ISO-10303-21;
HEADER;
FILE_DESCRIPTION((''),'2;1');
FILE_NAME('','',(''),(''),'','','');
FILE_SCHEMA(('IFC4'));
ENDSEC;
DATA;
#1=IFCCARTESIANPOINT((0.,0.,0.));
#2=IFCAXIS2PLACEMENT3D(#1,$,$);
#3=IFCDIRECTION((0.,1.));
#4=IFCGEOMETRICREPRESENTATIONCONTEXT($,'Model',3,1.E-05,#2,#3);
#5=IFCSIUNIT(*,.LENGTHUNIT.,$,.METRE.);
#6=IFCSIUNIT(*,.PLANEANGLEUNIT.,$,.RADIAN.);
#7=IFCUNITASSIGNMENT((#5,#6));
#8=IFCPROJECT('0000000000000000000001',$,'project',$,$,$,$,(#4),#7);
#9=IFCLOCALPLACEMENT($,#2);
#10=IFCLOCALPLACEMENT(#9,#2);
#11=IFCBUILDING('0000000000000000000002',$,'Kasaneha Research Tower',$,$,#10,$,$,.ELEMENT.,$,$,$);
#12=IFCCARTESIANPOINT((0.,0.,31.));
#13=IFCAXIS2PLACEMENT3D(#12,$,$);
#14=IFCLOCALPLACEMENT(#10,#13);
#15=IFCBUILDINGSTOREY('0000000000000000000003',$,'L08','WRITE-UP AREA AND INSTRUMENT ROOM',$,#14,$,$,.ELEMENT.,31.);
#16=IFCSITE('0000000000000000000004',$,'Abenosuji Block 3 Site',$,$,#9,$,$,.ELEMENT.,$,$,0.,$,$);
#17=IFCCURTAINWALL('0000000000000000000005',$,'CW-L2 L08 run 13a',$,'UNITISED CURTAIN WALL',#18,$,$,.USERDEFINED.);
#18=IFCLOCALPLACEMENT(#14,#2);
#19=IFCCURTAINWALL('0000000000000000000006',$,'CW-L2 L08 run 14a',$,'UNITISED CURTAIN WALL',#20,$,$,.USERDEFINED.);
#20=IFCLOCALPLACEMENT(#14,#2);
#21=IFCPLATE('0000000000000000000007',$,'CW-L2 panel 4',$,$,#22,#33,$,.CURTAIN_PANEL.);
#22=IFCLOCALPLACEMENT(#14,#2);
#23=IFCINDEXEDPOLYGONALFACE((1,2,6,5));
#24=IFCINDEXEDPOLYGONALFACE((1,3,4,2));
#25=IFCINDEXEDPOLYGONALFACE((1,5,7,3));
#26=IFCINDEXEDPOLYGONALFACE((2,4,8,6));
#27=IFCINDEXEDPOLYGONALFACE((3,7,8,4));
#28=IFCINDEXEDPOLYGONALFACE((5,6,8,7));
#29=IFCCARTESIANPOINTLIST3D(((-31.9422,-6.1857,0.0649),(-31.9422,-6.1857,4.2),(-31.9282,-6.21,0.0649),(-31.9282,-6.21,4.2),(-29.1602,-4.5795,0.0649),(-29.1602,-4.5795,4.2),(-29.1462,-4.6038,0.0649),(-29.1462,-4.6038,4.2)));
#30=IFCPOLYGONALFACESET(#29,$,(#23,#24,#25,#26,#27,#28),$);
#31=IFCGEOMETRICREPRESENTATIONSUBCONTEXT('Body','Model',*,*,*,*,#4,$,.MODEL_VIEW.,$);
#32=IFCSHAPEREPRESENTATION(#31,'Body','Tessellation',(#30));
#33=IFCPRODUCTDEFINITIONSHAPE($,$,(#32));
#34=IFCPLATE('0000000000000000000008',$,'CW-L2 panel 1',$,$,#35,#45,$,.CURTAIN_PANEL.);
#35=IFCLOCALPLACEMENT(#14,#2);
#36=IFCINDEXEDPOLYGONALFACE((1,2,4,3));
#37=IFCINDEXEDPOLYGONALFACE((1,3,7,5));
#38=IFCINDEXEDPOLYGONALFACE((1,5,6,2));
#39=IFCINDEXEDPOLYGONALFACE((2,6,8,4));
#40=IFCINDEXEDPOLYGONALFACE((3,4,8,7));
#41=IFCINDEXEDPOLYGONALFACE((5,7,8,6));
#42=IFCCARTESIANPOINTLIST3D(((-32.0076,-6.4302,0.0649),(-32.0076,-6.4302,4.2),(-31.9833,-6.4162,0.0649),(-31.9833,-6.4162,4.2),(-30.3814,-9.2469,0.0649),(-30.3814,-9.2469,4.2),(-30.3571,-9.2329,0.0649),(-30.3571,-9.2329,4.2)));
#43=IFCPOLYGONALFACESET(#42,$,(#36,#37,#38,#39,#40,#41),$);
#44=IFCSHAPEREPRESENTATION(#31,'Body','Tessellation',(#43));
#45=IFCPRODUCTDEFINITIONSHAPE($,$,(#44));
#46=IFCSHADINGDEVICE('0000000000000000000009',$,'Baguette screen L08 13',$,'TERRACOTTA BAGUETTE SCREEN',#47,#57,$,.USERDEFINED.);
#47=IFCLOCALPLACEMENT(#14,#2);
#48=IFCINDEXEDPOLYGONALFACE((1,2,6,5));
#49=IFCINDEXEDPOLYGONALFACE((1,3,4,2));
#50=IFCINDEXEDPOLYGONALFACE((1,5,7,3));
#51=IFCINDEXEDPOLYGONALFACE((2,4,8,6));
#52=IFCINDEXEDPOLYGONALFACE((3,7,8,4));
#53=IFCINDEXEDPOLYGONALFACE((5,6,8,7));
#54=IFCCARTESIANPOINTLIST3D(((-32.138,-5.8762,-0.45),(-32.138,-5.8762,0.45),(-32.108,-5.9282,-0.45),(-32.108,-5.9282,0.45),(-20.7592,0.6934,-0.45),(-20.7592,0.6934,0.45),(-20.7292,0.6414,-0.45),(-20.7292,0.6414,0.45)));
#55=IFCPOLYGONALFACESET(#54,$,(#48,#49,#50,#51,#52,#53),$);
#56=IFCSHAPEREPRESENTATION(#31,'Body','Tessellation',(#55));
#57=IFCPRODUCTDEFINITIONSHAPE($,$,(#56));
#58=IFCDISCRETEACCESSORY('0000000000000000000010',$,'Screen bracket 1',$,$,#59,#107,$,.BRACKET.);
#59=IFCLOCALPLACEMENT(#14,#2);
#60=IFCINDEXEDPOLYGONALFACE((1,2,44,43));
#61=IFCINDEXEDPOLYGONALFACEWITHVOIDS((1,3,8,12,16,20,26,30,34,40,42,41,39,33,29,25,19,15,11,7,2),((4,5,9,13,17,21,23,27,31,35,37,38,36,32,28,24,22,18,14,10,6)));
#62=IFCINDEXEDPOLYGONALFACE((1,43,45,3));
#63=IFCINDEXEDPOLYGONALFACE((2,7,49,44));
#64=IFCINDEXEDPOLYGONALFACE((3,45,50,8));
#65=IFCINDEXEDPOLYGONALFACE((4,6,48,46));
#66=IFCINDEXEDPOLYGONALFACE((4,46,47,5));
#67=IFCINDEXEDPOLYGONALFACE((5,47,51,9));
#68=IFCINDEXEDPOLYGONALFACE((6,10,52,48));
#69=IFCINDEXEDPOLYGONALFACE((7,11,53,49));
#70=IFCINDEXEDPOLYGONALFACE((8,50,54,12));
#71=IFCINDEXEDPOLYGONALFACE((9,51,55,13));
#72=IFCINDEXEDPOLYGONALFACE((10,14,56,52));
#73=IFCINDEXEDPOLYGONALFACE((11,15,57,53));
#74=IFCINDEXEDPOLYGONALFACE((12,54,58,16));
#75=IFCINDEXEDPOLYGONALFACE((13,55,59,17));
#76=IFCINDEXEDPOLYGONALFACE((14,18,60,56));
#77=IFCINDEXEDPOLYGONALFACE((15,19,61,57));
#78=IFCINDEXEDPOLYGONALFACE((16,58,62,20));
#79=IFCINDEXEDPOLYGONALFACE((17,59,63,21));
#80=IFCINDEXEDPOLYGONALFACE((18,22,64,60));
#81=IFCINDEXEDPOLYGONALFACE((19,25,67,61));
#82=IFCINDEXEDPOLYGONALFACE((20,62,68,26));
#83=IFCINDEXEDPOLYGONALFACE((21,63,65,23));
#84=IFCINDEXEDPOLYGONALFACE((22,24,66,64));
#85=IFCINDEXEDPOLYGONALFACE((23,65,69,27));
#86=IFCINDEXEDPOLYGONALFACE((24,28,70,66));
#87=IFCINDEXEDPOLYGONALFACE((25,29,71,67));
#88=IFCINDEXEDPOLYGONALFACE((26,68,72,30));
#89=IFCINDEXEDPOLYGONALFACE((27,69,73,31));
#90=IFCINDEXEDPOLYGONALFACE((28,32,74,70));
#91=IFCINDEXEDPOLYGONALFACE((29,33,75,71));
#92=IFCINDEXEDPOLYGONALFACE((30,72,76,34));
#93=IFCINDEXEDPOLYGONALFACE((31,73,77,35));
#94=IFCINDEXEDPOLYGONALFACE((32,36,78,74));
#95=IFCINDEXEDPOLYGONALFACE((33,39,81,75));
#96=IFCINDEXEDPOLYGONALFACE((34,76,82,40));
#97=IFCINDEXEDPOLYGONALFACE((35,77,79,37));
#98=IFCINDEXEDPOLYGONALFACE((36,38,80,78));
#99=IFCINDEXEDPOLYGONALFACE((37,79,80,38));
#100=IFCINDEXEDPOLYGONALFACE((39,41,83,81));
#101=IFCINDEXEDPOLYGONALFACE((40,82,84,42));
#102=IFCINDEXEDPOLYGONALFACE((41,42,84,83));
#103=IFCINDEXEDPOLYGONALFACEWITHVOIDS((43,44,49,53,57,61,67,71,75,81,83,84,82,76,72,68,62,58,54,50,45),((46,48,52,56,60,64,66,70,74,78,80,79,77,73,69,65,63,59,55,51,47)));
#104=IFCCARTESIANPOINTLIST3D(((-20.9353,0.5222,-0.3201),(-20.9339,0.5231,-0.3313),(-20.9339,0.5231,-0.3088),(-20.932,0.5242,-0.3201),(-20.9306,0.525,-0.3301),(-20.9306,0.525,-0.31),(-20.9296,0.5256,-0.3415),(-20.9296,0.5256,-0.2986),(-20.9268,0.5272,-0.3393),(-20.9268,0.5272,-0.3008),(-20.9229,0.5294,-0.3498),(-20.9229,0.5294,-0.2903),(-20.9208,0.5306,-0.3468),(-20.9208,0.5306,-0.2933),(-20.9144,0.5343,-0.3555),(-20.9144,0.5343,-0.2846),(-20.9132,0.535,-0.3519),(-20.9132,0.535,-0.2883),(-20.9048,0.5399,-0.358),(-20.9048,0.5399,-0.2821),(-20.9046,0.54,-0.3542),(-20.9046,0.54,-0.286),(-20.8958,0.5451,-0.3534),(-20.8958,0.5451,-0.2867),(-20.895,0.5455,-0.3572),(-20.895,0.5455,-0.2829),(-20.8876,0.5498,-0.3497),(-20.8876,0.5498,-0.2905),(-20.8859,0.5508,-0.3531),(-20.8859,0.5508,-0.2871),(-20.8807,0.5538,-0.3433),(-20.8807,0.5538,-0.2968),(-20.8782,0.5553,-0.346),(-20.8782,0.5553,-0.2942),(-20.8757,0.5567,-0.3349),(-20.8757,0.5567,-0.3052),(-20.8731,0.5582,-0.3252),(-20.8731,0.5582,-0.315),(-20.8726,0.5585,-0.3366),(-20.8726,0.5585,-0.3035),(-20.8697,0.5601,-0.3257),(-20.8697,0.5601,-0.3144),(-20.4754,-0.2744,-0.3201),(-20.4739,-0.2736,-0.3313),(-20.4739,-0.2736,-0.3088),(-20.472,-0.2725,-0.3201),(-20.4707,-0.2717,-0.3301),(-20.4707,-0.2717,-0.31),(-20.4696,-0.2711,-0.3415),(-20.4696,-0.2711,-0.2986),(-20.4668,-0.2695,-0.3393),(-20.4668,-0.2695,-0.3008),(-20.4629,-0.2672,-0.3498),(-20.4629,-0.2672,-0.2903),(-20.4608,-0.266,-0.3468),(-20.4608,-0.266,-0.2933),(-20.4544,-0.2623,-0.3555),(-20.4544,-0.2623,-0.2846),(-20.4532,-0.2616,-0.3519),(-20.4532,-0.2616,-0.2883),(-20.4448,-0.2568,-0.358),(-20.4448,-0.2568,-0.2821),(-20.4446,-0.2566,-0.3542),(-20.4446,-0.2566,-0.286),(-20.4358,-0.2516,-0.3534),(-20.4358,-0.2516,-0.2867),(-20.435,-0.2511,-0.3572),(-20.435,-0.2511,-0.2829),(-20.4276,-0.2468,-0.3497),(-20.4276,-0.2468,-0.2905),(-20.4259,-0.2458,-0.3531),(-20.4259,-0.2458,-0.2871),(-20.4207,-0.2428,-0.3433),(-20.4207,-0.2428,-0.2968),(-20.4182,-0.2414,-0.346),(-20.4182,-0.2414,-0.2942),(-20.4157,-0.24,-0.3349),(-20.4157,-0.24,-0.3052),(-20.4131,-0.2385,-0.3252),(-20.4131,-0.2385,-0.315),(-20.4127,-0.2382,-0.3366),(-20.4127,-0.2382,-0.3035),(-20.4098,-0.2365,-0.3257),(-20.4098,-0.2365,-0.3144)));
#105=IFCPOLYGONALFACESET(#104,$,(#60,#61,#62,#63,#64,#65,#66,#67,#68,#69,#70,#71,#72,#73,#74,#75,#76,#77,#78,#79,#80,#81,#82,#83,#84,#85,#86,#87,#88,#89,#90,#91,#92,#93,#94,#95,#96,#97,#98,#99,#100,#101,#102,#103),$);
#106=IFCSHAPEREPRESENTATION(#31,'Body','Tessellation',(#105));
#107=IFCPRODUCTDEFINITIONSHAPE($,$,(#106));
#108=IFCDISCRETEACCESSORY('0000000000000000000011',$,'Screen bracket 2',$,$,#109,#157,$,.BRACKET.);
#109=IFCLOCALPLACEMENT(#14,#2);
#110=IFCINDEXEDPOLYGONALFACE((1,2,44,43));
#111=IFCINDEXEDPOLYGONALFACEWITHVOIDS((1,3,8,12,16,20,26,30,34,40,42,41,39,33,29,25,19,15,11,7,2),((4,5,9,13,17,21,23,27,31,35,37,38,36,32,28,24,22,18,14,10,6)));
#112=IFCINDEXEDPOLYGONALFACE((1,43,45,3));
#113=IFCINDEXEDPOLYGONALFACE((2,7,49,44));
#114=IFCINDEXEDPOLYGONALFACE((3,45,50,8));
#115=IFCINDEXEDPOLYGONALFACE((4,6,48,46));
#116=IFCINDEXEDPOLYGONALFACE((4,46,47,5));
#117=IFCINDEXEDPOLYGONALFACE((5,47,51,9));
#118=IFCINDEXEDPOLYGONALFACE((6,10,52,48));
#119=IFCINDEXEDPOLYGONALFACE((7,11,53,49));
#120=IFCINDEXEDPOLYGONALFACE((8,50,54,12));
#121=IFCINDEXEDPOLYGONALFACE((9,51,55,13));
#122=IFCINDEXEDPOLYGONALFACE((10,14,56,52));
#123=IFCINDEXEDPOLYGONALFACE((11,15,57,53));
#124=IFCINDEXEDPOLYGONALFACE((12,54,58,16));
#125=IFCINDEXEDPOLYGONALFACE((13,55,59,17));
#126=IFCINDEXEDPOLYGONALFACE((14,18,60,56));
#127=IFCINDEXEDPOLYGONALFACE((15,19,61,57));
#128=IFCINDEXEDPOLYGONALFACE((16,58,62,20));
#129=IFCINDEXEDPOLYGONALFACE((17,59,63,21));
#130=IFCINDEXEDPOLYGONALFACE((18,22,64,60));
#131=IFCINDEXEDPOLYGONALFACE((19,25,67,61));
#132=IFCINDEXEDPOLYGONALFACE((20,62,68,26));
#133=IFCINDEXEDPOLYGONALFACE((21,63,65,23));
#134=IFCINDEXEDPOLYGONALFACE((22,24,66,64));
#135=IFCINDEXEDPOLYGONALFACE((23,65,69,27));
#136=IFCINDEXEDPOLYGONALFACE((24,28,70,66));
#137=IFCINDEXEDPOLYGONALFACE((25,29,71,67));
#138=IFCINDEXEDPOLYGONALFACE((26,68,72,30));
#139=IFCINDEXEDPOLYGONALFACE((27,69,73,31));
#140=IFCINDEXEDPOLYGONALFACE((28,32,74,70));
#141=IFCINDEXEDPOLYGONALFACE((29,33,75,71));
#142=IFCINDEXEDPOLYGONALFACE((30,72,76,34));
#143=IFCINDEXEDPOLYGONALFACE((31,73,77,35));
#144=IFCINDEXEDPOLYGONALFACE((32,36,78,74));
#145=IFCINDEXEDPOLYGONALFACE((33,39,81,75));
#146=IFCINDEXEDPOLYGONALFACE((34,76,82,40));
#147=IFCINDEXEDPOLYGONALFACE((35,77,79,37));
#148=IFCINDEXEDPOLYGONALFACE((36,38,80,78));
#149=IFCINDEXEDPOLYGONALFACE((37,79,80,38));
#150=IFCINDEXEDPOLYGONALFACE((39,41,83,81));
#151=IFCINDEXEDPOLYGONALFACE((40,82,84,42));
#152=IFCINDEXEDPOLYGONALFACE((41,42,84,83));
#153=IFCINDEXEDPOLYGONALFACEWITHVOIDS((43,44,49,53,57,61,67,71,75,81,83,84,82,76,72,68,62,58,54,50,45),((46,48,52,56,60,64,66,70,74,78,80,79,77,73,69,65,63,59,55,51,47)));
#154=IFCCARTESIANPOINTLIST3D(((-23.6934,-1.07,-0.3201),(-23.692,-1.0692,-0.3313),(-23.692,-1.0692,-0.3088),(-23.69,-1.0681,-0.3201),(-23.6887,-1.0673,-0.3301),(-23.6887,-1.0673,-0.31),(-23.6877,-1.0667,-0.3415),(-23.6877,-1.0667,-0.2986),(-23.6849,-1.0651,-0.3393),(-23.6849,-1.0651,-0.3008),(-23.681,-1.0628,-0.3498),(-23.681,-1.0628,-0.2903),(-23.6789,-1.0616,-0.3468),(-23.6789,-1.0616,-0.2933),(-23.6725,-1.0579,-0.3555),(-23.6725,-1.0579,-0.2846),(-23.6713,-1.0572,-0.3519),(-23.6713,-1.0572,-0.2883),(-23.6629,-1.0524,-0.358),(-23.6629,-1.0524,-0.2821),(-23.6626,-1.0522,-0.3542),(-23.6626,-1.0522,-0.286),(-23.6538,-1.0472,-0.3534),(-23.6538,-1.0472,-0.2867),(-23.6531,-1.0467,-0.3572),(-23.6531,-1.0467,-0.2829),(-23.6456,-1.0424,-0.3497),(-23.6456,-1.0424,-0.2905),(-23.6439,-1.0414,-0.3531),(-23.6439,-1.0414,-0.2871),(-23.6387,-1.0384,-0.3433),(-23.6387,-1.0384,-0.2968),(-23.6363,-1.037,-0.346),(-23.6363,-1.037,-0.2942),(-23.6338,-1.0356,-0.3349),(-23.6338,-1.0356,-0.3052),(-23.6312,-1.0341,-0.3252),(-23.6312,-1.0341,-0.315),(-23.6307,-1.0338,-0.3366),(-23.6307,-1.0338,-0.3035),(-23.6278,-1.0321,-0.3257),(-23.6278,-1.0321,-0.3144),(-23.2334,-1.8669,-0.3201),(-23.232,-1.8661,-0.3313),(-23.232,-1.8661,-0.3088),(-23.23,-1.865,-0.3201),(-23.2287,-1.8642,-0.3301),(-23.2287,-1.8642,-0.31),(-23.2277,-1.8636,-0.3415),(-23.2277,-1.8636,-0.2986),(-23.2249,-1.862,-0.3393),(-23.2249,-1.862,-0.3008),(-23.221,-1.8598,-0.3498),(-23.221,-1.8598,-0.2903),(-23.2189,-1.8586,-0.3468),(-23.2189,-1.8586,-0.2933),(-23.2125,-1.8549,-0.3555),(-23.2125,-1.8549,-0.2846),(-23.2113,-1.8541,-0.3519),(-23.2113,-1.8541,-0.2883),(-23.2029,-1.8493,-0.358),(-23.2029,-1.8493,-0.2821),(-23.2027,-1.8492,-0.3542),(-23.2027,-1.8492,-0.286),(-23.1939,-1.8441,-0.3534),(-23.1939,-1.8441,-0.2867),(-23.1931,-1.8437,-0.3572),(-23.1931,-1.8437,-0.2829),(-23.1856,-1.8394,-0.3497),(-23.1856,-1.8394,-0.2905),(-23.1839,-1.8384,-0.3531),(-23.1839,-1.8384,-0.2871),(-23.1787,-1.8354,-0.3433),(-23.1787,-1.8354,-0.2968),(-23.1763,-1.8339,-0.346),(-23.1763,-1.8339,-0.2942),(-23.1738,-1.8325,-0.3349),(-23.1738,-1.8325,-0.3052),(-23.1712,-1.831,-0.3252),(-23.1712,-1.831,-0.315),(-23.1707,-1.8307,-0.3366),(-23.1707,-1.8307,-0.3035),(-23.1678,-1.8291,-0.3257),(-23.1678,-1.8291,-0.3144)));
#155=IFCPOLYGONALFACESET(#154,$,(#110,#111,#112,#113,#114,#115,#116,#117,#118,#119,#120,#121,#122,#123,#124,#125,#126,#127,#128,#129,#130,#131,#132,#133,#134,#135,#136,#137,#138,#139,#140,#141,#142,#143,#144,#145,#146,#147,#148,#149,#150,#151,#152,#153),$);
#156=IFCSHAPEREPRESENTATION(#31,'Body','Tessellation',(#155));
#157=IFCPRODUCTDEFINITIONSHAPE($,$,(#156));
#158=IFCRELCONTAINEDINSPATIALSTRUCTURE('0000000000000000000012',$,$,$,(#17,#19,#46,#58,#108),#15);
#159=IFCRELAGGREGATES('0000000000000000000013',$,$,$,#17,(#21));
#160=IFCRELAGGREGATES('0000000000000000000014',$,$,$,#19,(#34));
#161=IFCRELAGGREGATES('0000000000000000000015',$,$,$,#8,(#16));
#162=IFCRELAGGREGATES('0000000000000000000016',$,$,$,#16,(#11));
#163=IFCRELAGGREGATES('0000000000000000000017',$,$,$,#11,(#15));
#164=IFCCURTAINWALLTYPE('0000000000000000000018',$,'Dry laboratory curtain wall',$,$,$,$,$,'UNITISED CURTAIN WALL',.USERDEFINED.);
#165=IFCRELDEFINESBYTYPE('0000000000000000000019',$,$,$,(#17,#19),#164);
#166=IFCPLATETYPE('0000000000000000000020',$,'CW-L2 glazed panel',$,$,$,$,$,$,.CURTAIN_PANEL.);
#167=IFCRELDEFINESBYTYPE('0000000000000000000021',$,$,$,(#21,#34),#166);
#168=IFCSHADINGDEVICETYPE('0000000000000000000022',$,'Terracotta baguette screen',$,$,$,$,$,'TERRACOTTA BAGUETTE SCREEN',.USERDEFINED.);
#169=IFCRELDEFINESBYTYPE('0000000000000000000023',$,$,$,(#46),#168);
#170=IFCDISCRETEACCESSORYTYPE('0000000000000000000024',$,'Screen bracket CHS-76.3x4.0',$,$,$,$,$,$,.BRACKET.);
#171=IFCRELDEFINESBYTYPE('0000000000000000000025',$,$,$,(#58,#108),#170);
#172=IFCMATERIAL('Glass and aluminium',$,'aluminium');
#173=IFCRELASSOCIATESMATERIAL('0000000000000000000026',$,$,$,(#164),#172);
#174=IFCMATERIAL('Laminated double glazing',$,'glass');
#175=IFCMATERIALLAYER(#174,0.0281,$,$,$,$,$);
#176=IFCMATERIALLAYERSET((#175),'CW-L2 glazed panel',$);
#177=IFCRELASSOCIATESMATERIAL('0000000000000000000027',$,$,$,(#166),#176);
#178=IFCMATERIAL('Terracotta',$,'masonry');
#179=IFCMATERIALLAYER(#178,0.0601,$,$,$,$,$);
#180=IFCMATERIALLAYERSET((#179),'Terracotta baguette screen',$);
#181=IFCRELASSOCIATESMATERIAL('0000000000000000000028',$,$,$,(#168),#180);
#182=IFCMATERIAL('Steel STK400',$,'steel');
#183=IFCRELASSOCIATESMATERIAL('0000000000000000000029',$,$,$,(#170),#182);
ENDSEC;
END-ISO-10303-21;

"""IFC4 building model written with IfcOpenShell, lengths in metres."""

from ifc_helpers import new_model, si_unit, direction, frame, origin, origin_2d, place, context, subcontext, project, spatial, rectangle, hollow_circle, extrude, material, layer, layer_set, material_profile, profile_set, type_object, element, aggregate, save


model = new_model("IFC4")

# Units and contexts
model_context = context("Model", 3, precision=1e-05, world=origin(), true_north=direction((0.0, 1.0)))
body_context = subcontext(model_context, "Body", "Model", "MODEL_VIEW")
ifc_project = project(units=[si_unit("LENGTHUNIT", "METRE"), si_unit("PLANEANGLEUNIT", "RADIAN")], contexts=[model_context])

# Site, building, storey
site_placement = place(None, origin())
site = spatial("IfcSite", under=ifc_project, at=site_placement, Name="Abenosuji Block 3 Site", CompositionType="ELEMENT", RefElevation=0.0)
building_placement = place(site_placement, origin())
building = spatial("IfcBuilding", under=site, at=building_placement, Name="Kasaneha Research Tower", CompositionType="ELEMENT")
storey_placement = place(building_placement, frame((0.0, 0.0, 31.0)))
storey = spatial("IfcBuildingStorey", under=building, at=storey_placement, Name="L08", Description="WRITE-UP AREA AND INSTRUMENT ROOM", CompositionType="ELEMENT", Elevation=31.0)

# Curtain walls
ifc_material_1 = material(Name="Glass and aluminium", Category="aluminium")
curtain_wall_type = type_object("IfcCurtainWallType", Name="Dry laboratory curtain wall", ElementType="UNITISED CURTAIN WALL", PredefinedType="USERDEFINED", material=ifc_material_1)
curtain_wall_1_placement = place(storey_placement, origin())
curtain_wall_1 = element("IfcCurtainWall", 1, at=curtain_wall_1_placement, inside=storey, type_object=curtain_wall_type, Name="CW-L2 L08 run 13a", ObjectType="UNITISED CURTAIN WALL", PredefinedType="USERDEFINED")
curtain_wall_2_placement = place(storey_placement, origin())
curtain_wall_2 = element("IfcCurtainWall", 2, at=curtain_wall_2_placement, inside=storey, type_object=curtain_wall_type, Name="CW-L2 L08 run 14a", ObjectType="UNITISED CURTAIN WALL", PredefinedType="USERDEFINED")

# Plates
ifc_material_2 = material(Name="Laminated double glazing", Category="glass")
ifc_layer_1 = layer(ifc_material_2, 0.0281)
ifc_layer_set_1 = layer_set([ifc_layer_1], Name="CW-L2 glazed panel")
plate_type = type_object("IfcPlateType", Name="CW-L2 glazed panel", PredefinedType="CURTAIN_PANEL", material=ifc_layer_set_1)
plate_1_placement = place(storey_placement, frame((-30.5442, -5.3948, 0.0649), z_axis=(0.0, 0.0, 1.0), x_axis=(-0.866025, -0.5, 0.0)))
plate_1 = element("IfcPlate", 3, at=plate_1_placement, type_object=plate_type, Name="CW-L2 panel 4", PredefinedType="CURTAIN_PANEL", context=body_context, shape_type="SweptSolid", body=[
    extrude(rectangle(XDim=3.2124, YDim=0.0281, at=origin_2d()), origin(), (0.0, 0.0, 1.0), 4.135),
])
aggregate(curtain_wall_1, [plate_1])
plate_2_placement = place(storey_placement, frame((-31.1824, -7.8315, 0.0649), z_axis=(0.0, 0.0, 1.0), x_axis=(0.5, -0.866025, 0.0)))
plate_2 = element("IfcPlate", 4, at=plate_2_placement, type_object=plate_type, Name="CW-L2 panel 1", PredefinedType="CURTAIN_PANEL", context=body_context, shape_type="SweptSolid", body=[
    extrude(rectangle(XDim=3.2524, YDim=0.0281, at=origin_2d()), origin(), (0.0, 0.0, 1.0), 4.135),
])
aggregate(curtain_wall_2, [plate_2])

# Shading device
ifc_material_3 = material(Name="Terracotta", Category="masonry")
ifc_layer_2 = layer(ifc_material_3, 0.0601)
ifc_layer_set_2 = layer_set([ifc_layer_2], Name="Terracotta baguette screen")
shading_device_type = type_object("IfcShadingDeviceType", Name="Terracotta baguette screen", ElementType="TERRACOTTA BAGUETTE SCREEN", PredefinedType="USERDEFINED", material=ifc_layer_set_2)
shading_device_placement = place(storey_placement, frame((-26.4336, -2.6174, -0.45), z_axis=(0.0, 0.0, 1.0), x_axis=(-0.866025, -0.5, 0.0)))
element("IfcShadingDevice", 5, at=shading_device_placement, inside=storey, type_object=shading_device_type, Name="Baguette screen L08 13", ObjectType="TERRACOTTA BAGUETTE SCREEN", PredefinedType="USERDEFINED", context=body_context, shape_type="SweptSolid", body=[
    extrude(rectangle(XDim=13.1392, YDim=0.0601, at=origin_2d()), origin(), (0.0, 0.0, 1.0), 0.8999),
])

# Discrete accessories
ifc_material_4 = material(Name="Steel STK400", Category="steel")
ifc_material_profile_1 = material_profile(ifc_material_4, hollow_circle(Radius=0.0381, WallThickness=0.0039, at=origin_2d()), Name="CHS-76.3x4.0")
ifc_profile_set_1 = profile_set([ifc_material_profile_1], Name="Steel STK400")
discrete_accessory_type = type_object("IfcDiscreteAccessoryType", Name="Screen bracket CHS-76.3x4.0", PredefinedType="BRACKET", material=ifc_profile_set_1)
discrete_accessory_1_placement = place(storey_placement, frame((-20.4424, -0.2554, -0.3201), z_axis=(-0.500021, 0.866013, 0.0), x_axis=(-0.866013, -0.500021, 0.0)))
element("IfcDiscreteAccessory", 6, at=discrete_accessory_1_placement, inside=storey, type_object=discrete_accessory_type, Name="Screen bracket 1", PredefinedType="BRACKET", context=body_context, shape_type="SweptSolid", body=[
    extrude(hollow_circle(Radius=0.0381, WallThickness=0.0039, at=origin_2d()), origin(), (0.0, 0.0, 1.0), 0.9199),
])
discrete_accessory_2_placement = place(storey_placement, frame((-23.2004, -1.8479, -0.3201), z_axis=(-0.499906, 0.86608, 0.0), x_axis=(-0.86608, -0.499906, 0.0)))
element("IfcDiscreteAccessory", 7, at=discrete_accessory_2_placement, inside=storey, type_object=discrete_accessory_type, Name="Screen bracket 2", PredefinedType="BRACKET", context=body_context, shape_type="SweptSolid", body=[
    extrude(hollow_circle(Radius=0.0381, WallThickness=0.0039, at=origin_2d()), origin(), (0.0, 0.0, 1.0), 0.9202),
])

save(model, "model.ifc")
